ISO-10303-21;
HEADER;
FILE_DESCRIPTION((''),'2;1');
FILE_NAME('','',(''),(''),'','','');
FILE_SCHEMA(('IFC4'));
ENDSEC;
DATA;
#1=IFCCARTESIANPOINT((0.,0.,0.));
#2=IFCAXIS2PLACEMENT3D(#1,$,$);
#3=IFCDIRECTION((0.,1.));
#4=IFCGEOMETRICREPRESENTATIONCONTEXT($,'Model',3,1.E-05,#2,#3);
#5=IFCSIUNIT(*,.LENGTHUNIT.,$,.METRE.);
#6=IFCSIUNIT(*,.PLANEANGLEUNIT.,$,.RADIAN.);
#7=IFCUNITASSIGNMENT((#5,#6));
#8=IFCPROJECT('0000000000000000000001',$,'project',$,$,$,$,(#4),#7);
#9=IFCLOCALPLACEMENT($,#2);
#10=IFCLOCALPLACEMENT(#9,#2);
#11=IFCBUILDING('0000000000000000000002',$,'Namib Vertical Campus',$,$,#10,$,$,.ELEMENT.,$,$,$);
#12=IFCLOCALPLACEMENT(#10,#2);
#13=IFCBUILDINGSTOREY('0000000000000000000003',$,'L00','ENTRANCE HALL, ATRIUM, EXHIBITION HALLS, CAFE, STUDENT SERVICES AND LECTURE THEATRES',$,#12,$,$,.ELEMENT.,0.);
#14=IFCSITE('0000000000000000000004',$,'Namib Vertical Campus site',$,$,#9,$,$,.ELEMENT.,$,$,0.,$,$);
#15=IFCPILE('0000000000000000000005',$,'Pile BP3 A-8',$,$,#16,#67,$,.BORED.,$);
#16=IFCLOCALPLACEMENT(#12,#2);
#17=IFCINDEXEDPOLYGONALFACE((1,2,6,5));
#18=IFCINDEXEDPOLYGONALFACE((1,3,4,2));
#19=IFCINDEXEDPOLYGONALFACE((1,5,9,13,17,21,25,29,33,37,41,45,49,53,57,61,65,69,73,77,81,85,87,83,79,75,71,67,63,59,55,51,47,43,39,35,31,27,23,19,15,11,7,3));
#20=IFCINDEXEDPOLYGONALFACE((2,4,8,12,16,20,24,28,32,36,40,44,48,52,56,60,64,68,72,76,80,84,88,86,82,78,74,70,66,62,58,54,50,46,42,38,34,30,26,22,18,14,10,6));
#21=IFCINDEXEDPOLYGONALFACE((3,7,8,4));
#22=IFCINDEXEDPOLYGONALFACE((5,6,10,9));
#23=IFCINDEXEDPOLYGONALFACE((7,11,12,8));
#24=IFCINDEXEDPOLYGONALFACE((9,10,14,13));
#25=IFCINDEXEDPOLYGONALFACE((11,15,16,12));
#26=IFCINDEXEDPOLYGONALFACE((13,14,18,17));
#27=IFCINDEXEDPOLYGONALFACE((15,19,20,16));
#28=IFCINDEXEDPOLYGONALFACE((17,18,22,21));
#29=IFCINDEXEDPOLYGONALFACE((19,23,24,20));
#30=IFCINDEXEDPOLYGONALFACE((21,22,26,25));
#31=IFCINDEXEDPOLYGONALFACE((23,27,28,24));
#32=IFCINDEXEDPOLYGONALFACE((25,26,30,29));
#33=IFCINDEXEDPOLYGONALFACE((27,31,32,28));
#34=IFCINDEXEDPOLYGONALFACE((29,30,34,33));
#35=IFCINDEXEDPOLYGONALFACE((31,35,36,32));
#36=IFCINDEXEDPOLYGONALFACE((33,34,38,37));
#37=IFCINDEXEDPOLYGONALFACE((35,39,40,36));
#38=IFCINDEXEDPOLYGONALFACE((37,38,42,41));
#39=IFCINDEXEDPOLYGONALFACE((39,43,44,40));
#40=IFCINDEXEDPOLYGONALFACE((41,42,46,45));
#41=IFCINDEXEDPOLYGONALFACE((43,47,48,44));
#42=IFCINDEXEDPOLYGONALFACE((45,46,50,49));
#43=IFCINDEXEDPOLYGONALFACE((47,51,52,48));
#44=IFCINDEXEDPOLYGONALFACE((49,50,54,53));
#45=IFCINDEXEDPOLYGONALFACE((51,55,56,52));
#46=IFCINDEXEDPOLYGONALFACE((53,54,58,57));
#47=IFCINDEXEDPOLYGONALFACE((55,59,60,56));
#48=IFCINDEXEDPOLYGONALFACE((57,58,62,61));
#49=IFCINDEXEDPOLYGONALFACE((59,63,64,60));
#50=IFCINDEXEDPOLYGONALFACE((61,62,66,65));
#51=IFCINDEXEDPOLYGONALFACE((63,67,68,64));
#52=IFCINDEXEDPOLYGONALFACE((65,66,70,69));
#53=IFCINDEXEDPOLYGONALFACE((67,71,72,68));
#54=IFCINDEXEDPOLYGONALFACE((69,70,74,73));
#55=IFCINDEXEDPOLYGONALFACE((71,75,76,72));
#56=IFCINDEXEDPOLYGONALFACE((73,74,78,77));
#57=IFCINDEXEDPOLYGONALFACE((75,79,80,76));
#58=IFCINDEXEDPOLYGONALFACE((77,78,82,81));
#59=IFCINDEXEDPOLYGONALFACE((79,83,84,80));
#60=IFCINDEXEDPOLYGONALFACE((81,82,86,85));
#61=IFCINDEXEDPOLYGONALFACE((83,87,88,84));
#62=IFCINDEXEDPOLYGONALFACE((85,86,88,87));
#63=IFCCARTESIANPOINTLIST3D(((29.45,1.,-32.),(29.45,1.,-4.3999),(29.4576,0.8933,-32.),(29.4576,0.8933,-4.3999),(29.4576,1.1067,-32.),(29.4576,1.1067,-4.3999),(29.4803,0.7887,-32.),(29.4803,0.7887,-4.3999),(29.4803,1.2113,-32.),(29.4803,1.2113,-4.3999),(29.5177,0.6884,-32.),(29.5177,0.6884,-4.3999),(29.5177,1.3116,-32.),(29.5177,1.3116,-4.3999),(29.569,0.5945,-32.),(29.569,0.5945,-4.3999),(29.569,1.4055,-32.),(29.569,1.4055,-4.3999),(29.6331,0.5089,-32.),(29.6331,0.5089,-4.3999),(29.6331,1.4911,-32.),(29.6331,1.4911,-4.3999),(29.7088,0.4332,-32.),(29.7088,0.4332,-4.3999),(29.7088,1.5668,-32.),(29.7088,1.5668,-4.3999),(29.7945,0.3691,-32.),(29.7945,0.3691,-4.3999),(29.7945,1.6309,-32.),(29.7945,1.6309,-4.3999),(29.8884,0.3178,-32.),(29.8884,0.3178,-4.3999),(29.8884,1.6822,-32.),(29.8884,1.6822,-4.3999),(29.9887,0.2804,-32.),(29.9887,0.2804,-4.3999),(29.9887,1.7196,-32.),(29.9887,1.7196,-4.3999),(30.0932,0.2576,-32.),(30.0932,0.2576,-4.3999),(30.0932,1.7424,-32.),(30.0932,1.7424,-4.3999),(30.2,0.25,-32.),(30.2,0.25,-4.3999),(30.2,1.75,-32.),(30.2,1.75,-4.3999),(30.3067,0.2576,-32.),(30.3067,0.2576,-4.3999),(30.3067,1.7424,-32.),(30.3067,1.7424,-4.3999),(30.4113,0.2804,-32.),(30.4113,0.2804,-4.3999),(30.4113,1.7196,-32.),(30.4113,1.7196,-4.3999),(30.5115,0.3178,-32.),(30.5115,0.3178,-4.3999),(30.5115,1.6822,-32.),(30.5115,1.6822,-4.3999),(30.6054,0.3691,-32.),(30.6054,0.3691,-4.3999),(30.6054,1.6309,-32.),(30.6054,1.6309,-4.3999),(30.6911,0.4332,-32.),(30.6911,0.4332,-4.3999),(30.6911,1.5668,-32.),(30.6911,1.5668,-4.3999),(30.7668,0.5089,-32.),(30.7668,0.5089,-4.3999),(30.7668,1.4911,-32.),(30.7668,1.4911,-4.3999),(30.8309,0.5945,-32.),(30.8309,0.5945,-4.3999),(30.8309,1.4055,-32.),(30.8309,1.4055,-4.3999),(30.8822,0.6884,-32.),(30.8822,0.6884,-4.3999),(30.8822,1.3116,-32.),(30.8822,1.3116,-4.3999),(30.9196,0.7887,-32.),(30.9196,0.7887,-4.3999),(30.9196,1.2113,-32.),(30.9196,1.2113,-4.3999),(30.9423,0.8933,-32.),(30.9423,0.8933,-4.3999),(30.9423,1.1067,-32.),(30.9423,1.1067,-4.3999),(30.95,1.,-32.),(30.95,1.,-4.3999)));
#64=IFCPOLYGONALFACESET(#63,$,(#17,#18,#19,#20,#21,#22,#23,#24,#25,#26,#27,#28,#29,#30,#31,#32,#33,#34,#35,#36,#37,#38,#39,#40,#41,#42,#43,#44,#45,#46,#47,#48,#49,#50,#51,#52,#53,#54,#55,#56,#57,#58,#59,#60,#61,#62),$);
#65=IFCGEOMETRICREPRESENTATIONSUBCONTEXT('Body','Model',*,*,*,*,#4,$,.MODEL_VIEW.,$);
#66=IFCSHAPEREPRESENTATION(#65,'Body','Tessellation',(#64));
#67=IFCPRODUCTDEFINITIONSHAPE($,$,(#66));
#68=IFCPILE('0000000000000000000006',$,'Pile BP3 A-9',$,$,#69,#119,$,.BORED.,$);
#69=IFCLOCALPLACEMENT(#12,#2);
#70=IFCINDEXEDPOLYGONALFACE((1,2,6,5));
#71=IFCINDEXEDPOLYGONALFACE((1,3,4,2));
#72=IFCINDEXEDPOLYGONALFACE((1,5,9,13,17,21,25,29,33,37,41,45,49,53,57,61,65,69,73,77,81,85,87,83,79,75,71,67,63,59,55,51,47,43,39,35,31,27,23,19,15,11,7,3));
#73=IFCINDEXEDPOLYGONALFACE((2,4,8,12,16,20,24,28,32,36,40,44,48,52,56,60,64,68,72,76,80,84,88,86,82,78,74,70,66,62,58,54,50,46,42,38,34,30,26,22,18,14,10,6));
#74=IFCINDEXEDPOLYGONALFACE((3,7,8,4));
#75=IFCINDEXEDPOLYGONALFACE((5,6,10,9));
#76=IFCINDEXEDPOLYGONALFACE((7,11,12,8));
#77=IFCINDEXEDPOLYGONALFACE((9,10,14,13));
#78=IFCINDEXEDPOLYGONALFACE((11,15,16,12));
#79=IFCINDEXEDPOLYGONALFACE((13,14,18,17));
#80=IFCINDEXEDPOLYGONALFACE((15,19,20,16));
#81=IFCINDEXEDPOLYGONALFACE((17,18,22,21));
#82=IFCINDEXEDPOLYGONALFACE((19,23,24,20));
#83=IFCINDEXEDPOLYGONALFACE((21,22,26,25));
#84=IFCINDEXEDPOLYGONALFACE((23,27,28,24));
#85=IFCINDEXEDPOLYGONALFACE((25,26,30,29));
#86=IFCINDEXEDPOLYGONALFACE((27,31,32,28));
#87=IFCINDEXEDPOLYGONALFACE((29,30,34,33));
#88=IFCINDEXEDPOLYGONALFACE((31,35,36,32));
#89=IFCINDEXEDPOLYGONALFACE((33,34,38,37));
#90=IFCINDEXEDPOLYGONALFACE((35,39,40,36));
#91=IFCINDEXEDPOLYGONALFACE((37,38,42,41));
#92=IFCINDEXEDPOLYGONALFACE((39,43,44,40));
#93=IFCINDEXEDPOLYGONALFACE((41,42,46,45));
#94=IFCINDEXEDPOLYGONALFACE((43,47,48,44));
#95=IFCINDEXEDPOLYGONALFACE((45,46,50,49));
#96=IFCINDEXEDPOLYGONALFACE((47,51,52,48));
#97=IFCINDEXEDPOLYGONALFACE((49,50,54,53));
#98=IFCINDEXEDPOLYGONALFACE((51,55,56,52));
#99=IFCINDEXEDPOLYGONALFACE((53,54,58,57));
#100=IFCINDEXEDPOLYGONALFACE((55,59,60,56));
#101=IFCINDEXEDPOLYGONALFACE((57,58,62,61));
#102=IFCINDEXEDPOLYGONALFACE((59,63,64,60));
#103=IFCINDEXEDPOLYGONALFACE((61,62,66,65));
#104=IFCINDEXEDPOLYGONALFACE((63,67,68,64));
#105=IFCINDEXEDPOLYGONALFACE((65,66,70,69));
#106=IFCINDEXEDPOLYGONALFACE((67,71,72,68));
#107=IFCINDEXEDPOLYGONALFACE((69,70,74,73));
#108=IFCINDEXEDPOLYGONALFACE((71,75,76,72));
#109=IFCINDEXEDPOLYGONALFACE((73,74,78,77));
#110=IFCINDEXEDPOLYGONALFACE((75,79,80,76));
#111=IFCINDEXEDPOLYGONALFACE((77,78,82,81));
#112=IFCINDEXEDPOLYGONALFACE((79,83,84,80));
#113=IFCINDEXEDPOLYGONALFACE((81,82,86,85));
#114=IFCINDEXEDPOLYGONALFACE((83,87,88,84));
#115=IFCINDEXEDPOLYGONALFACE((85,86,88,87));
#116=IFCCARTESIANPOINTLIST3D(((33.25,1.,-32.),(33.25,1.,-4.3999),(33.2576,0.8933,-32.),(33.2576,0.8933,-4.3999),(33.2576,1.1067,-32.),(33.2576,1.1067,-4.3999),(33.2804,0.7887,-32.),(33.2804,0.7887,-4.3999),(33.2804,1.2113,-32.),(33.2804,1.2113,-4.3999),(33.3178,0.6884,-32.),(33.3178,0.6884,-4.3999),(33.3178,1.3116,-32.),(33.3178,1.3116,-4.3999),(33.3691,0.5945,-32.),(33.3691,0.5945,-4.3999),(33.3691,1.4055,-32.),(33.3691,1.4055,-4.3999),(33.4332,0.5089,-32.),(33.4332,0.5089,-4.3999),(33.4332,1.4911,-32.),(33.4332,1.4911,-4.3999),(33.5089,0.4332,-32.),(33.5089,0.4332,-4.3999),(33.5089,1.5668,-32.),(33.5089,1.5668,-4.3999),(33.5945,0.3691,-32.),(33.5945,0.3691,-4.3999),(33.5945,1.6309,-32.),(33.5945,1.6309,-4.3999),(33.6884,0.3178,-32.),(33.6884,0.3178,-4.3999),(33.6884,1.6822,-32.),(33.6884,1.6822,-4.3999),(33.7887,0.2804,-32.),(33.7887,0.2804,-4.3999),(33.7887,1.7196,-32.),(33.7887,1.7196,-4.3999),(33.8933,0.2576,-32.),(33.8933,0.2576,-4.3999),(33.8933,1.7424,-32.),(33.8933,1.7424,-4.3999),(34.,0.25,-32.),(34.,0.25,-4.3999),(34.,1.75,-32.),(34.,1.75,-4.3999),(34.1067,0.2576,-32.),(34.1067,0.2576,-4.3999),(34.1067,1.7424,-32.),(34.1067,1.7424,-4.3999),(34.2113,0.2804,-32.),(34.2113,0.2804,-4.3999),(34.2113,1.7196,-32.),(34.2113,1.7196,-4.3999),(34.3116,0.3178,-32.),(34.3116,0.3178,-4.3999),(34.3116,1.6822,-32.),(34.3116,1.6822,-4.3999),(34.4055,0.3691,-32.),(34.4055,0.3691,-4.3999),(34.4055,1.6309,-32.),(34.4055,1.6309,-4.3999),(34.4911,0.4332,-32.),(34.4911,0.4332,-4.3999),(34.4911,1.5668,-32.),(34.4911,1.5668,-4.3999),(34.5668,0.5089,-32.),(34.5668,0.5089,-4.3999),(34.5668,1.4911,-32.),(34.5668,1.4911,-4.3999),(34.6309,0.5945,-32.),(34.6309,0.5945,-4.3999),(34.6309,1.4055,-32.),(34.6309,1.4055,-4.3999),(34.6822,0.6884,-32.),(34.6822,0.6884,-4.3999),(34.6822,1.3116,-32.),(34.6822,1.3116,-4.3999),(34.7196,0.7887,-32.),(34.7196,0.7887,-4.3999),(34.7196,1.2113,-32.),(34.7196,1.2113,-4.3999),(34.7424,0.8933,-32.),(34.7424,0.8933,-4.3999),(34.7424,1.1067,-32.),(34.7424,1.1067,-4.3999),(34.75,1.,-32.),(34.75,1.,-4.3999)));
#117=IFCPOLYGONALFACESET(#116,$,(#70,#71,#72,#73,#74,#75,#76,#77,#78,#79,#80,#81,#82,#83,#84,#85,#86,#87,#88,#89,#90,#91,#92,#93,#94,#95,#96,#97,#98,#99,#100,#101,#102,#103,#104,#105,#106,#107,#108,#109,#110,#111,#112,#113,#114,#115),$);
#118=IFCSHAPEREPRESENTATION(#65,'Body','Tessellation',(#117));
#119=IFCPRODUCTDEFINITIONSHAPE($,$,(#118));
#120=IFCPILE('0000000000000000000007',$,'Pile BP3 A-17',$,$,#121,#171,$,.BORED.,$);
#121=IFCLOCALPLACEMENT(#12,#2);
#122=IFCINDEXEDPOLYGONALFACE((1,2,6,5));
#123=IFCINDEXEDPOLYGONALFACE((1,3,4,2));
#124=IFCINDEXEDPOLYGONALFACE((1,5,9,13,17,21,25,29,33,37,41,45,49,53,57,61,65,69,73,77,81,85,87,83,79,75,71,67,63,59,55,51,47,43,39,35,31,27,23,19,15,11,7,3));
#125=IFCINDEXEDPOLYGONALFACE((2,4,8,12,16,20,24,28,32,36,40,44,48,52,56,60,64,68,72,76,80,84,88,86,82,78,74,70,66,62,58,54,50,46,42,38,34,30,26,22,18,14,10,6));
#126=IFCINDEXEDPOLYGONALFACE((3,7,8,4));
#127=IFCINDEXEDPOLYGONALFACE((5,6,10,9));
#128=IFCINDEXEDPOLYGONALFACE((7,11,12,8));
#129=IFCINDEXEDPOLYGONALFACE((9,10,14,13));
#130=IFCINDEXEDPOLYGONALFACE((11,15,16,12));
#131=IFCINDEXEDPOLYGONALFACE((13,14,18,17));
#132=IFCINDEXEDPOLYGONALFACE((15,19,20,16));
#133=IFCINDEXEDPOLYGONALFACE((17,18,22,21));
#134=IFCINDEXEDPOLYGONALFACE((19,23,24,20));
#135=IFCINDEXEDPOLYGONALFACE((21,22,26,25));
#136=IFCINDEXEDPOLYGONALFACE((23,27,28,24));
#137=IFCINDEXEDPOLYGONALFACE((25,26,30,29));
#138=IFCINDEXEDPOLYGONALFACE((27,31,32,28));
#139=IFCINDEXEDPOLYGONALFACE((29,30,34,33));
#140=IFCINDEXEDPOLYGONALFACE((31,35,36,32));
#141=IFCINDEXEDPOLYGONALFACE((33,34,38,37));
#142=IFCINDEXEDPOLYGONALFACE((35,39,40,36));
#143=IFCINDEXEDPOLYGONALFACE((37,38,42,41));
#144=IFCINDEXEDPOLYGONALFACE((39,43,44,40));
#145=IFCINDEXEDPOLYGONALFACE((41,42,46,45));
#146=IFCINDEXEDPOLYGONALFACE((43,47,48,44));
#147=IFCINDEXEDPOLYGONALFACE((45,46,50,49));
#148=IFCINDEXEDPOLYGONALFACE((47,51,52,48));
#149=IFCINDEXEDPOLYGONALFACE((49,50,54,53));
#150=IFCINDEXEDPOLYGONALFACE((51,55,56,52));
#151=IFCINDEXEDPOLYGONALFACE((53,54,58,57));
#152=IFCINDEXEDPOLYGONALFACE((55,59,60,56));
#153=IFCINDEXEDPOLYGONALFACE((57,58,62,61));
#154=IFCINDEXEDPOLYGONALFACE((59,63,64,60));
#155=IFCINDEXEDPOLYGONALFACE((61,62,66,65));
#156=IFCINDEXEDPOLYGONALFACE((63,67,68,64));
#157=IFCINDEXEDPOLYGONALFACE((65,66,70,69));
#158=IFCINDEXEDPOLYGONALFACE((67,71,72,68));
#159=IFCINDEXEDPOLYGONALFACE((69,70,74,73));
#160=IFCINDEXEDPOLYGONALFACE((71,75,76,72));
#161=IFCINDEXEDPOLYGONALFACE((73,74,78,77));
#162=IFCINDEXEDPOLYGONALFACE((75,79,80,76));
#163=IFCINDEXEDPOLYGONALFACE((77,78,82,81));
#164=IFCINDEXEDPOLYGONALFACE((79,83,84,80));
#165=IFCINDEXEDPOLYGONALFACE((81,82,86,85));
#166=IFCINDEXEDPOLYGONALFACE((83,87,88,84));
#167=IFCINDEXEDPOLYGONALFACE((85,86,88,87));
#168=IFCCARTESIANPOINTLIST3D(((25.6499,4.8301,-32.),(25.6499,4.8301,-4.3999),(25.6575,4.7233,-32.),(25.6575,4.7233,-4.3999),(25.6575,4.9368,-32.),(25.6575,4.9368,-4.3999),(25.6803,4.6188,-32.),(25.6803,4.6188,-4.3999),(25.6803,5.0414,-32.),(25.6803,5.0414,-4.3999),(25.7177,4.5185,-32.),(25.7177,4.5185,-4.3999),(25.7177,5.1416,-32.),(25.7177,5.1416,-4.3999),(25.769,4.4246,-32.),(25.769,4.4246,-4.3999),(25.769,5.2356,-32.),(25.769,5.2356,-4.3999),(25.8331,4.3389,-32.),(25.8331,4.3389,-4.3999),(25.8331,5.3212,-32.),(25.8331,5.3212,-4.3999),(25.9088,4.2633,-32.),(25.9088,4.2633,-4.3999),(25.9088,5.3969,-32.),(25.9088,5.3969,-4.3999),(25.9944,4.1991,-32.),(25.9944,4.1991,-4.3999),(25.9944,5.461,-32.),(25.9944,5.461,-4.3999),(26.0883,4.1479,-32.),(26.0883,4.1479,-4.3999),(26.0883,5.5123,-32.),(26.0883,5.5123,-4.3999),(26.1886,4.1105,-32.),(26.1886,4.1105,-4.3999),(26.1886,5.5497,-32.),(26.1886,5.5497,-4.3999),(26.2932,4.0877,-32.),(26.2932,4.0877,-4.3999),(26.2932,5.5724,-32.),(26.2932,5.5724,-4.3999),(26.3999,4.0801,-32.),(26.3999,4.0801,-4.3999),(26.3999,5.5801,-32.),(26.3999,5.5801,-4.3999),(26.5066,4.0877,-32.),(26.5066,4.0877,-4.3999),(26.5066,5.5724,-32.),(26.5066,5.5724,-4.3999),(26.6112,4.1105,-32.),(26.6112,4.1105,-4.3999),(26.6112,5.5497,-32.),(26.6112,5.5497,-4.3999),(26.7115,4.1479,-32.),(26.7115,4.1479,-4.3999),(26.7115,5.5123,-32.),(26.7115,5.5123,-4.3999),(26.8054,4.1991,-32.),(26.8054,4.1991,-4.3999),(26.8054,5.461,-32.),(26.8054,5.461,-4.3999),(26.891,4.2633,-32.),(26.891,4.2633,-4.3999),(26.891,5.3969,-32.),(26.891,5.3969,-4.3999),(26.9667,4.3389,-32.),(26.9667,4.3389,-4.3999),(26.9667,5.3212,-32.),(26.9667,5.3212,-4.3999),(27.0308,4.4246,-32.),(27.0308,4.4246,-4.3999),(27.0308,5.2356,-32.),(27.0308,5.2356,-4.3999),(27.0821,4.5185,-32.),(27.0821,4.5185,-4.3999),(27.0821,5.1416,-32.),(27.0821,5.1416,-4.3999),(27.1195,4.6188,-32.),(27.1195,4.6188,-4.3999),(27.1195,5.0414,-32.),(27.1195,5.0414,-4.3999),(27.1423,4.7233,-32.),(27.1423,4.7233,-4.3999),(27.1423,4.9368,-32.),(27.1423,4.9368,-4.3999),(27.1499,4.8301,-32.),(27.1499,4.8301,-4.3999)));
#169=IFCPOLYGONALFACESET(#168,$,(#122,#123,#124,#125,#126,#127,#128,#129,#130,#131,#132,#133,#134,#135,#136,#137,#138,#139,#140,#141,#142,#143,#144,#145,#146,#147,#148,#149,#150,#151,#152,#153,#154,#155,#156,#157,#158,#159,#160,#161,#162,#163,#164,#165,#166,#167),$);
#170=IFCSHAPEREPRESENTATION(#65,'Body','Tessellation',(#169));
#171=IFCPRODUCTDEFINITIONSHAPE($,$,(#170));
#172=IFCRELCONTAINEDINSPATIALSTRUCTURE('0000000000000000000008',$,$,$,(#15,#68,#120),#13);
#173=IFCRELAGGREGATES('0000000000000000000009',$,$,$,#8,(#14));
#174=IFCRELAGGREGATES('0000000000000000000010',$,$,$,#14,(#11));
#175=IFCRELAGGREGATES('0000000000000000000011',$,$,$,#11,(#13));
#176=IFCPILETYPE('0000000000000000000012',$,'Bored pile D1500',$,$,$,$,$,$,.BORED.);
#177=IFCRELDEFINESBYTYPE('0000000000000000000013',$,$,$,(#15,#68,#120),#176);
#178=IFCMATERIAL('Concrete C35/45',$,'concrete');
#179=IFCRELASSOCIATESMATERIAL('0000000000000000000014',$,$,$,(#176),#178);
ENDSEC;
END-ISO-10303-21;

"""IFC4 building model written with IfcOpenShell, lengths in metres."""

from ifc_helpers import new_model, si_unit, direction, frame, origin, origin_2d, place, context, subcontext, project, spatial, circle, extrude, material, material_profile, profile_set, type_object, element, save


model = new_model("IFC4")

# Units and contexts
model_context = context("Model", 3, precision=1e-05, world=origin(), true_north=direction((0.0, 1.0)))
body_context = subcontext(model_context, "Body", "Model", "MODEL_VIEW")
ifc_project = project(units=[si_unit("LENGTHUNIT", "METRE"), si_unit("PLANEANGLEUNIT", "RADIAN")], contexts=[model_context])

# Site, building, storey
site_placement = place(None, origin())
site = spatial("IfcSite", under=ifc_project, at=site_placement, Name="Namib Vertical Campus site", CompositionType="ELEMENT", RefElevation=0.0)
building_placement = place(site_placement, origin())
building = spatial("IfcBuilding", under=site, at=building_placement, Name="Namib Vertical Campus", CompositionType="ELEMENT")
storey_placement = place(building_placement, origin())
storey = spatial("IfcBuildingStorey", under=building, at=storey_placement, Name="L00", Description="ENTRANCE HALL, ATRIUM, EXHIBITION HALLS, CAFE, STUDENT SERVICES AND LECTURE THEATRES", CompositionType="ELEMENT", Elevation=0.0)

# Piles
ifc_material_1 = material(Name="Concrete C35/45", Category="concrete")
ifc_material_profile_1 = material_profile(ifc_material_1, circle(Radius=0.75, at=origin_2d()))
ifc_profile_set_1 = profile_set([ifc_material_profile_1], Name="Concrete C35/45")
pile_type = type_object("IfcPileType", Name="Bored pile D1500", PredefinedType="BORED", material=ifc_profile_set_1)
for number, where, z_axis, x_axis, name in (
    (1, (30.2, 1.0, -4.3999), (0.0, 0.0, -1.0), (1.0, 0.0, 0.0), "Pile BP3 A-8"),
    (2, (34.0, 1.0, -4.3999), (0.0, 0.0, -1.0), (1.0, 0.0, 0.0), "Pile BP3 A-9"),
    (3, (26.3999, 4.8301, -4.3999), (0.0, 0.0, -1.0), (1.0, 0.0, 0.0), "Pile BP3 A-17"),
):
    element("IfcPile", number, at=place(storey_placement, frame(where, z_axis=z_axis, x_axis=x_axis)), inside=storey, type_object=pile_type, Name=name, PredefinedType="BORED", context=body_context, shape_type="SweptSolid", body=[
        extrude(circle(Radius=0.75, at=origin_2d()), origin(), (0.0, 0.0, 1.0), 27.6001),
    ])

save(model, "model.ifc")
